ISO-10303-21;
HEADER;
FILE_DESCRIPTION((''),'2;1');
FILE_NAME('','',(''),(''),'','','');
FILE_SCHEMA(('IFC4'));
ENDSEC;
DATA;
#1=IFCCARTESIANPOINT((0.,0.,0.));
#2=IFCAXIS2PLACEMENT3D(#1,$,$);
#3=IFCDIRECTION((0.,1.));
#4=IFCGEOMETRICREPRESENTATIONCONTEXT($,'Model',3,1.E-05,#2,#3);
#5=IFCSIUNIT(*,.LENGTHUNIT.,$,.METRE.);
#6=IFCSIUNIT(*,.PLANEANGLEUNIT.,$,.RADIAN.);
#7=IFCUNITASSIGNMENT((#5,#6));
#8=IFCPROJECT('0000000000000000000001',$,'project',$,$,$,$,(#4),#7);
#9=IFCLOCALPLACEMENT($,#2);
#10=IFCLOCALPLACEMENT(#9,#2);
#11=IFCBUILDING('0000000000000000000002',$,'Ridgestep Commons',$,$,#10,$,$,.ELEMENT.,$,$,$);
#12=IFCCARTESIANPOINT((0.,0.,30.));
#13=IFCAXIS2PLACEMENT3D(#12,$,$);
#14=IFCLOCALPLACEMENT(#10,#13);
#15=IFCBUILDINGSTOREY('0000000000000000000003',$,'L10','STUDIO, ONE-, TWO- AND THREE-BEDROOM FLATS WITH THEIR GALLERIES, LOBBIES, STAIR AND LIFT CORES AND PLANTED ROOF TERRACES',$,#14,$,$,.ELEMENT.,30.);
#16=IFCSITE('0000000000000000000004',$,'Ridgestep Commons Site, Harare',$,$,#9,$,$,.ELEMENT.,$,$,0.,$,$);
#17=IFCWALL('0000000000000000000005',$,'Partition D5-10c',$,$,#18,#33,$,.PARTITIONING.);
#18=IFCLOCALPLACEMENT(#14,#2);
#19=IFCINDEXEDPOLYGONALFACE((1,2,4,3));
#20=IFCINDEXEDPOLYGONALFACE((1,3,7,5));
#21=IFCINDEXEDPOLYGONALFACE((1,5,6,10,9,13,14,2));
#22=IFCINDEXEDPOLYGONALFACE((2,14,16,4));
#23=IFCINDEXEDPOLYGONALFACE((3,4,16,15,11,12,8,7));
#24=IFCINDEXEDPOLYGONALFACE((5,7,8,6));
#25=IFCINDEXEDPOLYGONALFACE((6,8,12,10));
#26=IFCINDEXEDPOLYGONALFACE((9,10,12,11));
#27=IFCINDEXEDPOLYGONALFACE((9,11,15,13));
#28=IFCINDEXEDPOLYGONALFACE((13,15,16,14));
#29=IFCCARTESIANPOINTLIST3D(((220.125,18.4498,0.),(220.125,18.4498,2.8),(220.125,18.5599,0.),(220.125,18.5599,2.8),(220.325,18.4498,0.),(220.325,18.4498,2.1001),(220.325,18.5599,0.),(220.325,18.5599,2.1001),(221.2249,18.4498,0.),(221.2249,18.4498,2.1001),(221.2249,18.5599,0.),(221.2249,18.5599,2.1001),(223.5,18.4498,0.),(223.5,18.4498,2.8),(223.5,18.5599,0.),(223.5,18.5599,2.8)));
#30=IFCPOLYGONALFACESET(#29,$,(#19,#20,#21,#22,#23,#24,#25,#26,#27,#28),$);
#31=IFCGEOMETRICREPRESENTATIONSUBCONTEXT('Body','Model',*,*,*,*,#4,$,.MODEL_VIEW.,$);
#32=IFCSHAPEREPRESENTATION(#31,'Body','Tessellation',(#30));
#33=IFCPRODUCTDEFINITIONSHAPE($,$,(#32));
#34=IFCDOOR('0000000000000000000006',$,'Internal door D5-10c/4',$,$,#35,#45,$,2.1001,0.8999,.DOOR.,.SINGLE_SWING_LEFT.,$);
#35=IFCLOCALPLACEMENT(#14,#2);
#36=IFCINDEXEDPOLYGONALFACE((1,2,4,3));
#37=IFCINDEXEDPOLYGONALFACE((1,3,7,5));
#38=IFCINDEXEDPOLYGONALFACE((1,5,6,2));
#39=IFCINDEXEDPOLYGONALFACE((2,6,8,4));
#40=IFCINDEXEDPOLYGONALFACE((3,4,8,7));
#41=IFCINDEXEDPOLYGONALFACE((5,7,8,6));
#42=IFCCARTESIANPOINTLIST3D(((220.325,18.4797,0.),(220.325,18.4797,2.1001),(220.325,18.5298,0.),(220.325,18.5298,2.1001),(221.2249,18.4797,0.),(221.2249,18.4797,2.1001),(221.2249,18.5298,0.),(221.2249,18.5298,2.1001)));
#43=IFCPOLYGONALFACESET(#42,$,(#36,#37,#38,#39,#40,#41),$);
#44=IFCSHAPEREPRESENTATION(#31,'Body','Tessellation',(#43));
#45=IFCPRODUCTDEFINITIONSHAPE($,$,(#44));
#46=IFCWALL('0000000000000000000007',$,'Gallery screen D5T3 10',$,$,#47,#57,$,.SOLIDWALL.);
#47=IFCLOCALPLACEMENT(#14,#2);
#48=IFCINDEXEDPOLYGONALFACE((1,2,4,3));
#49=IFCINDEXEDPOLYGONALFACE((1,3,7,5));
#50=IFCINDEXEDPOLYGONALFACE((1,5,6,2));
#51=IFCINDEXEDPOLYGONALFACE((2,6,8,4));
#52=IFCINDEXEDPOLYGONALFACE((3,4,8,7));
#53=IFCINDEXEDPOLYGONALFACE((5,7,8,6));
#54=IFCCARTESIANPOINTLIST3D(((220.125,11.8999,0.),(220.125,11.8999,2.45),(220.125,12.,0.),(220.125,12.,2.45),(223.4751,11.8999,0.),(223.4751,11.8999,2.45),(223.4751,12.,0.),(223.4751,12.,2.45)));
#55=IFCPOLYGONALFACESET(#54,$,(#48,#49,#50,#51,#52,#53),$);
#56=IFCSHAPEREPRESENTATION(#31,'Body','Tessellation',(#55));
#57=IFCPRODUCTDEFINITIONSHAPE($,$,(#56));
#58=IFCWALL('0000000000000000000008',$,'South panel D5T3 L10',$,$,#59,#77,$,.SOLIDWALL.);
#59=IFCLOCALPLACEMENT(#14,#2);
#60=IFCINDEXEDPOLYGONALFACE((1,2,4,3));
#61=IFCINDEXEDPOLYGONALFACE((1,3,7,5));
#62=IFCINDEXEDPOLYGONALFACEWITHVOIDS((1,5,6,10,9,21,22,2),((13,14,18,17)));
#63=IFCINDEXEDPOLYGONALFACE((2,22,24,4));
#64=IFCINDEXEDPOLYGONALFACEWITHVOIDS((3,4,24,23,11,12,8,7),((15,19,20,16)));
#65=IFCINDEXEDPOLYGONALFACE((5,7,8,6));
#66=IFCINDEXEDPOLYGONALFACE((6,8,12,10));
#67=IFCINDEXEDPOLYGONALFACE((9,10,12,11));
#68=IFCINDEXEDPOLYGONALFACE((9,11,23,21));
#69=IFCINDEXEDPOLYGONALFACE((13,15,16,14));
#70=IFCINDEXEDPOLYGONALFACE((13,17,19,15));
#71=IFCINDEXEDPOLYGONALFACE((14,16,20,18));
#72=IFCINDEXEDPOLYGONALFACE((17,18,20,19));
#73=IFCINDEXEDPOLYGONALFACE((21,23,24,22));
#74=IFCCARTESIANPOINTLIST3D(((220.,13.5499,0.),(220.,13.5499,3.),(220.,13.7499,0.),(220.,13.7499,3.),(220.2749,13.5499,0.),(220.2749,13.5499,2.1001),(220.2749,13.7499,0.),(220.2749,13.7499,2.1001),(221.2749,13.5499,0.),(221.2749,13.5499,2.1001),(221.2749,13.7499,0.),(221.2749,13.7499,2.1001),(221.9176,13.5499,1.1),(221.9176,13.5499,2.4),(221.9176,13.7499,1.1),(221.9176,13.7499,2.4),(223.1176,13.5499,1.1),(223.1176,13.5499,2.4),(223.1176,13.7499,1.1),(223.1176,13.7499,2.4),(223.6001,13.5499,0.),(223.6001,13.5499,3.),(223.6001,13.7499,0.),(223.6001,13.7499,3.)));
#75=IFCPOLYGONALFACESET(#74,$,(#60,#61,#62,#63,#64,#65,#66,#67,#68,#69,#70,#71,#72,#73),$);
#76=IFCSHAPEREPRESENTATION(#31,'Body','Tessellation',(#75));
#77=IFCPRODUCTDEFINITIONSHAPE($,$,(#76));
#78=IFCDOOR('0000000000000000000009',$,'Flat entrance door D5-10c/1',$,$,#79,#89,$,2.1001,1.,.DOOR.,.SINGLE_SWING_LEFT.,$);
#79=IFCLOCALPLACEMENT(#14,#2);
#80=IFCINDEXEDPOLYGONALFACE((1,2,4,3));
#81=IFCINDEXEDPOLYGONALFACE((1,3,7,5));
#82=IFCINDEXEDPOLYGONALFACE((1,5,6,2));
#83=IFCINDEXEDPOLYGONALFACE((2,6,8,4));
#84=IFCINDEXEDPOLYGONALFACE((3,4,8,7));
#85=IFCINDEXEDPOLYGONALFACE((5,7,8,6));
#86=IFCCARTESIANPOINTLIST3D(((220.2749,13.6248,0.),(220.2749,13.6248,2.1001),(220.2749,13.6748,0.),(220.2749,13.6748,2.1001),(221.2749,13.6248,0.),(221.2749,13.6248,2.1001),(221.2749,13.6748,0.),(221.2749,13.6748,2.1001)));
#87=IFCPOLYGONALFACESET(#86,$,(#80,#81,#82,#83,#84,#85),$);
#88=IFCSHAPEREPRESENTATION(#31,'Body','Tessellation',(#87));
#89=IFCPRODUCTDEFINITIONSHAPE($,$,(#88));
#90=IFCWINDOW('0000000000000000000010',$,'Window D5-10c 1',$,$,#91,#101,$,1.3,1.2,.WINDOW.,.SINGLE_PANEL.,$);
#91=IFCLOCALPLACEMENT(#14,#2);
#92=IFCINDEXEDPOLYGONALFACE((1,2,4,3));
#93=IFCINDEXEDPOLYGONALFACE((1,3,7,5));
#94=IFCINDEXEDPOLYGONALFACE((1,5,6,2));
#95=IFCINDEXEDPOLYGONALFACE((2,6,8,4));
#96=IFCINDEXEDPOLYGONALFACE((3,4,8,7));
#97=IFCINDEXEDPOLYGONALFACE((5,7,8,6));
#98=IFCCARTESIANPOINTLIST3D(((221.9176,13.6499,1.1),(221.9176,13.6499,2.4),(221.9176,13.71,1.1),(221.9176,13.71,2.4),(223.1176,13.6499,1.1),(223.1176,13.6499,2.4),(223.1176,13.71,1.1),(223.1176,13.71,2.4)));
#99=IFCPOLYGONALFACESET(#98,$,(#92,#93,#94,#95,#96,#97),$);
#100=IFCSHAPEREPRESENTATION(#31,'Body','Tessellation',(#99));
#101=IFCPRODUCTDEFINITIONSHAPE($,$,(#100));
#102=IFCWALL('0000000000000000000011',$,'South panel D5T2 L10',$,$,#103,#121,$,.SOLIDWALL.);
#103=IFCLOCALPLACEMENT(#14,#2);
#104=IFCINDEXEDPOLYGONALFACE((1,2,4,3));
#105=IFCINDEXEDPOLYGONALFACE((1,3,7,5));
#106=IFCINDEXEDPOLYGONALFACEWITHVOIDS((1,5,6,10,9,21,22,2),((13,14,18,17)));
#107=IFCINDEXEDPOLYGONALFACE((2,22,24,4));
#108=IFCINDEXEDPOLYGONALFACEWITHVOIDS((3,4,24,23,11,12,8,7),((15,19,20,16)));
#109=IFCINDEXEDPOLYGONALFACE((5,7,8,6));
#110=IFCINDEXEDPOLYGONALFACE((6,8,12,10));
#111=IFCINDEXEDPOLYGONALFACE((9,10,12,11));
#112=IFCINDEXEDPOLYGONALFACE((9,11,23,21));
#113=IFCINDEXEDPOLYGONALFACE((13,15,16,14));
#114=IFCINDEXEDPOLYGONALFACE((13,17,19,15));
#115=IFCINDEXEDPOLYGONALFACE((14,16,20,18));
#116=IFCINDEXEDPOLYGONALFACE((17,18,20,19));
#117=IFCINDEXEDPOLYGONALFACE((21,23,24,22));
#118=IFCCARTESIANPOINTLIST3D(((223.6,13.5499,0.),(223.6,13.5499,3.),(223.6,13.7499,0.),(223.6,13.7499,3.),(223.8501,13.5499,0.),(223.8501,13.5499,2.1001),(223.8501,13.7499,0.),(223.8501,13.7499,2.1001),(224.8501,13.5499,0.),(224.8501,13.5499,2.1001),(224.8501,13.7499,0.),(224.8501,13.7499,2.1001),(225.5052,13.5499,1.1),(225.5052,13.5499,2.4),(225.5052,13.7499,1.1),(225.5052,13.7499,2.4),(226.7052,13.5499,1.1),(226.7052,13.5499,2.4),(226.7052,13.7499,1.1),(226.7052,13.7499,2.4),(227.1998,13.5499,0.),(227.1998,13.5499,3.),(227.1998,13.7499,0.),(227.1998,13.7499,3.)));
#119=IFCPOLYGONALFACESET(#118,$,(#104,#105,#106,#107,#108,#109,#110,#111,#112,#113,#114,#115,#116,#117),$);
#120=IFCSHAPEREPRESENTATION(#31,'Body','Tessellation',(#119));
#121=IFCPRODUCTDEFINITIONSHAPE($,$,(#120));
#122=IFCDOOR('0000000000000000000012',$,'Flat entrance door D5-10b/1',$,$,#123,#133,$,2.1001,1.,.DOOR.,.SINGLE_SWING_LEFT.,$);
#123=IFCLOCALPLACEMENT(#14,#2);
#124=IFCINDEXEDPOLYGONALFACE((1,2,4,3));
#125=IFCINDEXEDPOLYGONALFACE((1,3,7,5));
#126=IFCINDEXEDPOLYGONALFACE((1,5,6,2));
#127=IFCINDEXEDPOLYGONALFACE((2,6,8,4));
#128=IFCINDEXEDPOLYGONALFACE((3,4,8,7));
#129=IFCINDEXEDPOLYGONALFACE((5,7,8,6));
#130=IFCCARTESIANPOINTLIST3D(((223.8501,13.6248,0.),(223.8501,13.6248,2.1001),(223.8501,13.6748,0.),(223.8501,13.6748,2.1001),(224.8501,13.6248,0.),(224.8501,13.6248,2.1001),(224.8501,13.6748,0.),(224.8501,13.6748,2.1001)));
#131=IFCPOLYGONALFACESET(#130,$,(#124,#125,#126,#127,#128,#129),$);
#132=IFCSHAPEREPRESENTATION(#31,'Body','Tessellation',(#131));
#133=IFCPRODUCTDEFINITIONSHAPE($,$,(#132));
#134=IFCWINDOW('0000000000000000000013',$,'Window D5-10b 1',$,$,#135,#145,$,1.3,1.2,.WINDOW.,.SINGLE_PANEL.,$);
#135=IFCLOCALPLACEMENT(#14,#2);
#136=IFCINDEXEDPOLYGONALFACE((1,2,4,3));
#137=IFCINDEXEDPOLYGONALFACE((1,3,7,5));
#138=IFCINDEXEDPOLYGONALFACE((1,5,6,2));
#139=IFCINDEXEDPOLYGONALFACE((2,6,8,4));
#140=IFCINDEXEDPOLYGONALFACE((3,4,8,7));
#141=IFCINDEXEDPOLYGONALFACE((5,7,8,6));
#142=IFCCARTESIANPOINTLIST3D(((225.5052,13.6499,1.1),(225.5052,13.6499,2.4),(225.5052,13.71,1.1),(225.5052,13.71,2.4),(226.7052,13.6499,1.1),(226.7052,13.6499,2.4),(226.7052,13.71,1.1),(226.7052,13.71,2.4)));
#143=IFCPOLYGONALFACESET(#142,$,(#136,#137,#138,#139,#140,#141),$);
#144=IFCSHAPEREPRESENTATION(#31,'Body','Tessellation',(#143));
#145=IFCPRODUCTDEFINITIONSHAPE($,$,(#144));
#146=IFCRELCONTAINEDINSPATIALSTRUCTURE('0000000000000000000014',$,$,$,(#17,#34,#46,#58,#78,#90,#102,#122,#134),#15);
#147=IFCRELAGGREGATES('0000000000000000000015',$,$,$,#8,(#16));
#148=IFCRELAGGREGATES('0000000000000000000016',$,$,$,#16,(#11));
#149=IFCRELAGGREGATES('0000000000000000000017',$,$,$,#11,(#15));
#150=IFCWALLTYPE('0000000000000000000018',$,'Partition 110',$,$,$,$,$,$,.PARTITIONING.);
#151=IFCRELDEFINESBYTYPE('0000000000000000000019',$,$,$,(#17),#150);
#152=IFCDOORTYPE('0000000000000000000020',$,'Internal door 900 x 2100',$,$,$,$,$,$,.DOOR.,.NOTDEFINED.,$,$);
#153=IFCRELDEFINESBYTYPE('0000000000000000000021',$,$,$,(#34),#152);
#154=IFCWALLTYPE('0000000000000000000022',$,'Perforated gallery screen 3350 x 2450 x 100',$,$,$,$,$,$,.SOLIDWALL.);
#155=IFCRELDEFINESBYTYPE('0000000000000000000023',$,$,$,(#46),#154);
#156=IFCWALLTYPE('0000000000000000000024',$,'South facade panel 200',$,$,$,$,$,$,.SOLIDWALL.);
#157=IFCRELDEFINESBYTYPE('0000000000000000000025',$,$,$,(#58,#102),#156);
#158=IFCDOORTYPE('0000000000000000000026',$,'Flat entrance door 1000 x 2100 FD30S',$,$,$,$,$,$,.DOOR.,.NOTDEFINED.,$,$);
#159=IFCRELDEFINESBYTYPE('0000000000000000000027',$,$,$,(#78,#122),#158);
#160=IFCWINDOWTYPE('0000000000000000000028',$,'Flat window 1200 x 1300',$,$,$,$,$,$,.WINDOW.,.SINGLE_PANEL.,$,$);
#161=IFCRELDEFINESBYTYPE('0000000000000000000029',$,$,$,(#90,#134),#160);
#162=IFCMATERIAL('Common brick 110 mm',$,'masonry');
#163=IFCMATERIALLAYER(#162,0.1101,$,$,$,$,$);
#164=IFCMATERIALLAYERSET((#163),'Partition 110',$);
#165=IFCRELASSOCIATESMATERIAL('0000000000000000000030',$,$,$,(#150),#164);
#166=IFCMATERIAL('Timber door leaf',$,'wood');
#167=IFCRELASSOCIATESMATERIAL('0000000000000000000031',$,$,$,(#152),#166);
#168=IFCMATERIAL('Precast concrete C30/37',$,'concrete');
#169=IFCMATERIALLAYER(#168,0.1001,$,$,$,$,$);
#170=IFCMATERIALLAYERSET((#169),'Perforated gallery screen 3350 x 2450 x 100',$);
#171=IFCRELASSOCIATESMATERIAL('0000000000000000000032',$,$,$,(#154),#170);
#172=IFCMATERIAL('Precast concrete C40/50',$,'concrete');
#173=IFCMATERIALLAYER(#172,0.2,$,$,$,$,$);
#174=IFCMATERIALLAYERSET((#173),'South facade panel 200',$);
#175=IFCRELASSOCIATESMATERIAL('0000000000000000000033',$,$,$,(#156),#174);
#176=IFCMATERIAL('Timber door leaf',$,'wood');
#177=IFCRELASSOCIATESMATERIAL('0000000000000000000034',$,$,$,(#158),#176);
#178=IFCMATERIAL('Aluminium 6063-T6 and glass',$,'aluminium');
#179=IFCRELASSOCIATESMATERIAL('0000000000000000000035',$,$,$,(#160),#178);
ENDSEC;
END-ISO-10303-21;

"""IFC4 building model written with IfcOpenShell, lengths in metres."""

from ifc_helpers import new_model, si_unit, direction, frame, frame_2d, origin, place, context, subcontext, project, spatial, rectangle, extrude, material, layer, layer_set, type_object, element, fill, save


model = new_model("IFC4")

# Units and contexts
model_context = context("Model", 3, precision=1e-05, world=origin(), true_north=direction((0.0, 1.0)))
body_context = subcontext(model_context, "Body", "Model", "MODEL_VIEW")
ifc_project = project(units=[si_unit("LENGTHUNIT", "METRE"), si_unit("PLANEANGLEUNIT", "RADIAN")], contexts=[model_context])

# Site, building, storey
site_placement = place(None, origin())
site = spatial("IfcSite", under=ifc_project, at=site_placement, Name="Ridgestep Commons Site, Harare", CompositionType="ELEMENT", RefElevation=0.0)
building_placement = place(site_placement, origin())
building = spatial("IfcBuilding", under=site, at=building_placement, Name="Ridgestep Commons", CompositionType="ELEMENT")
storey_placement = place(building_placement, frame((0.0, 0.0, 30.0)))
storey = spatial("IfcBuildingStorey", under=building, at=storey_placement, Name="L10", Description="STUDIO, ONE-, TWO- AND THREE-BEDROOM FLATS WITH THEIR GALLERIES, LOBBIES, STAIR AND LIFT CORES AND PLANTED ROOF TERRACES", CompositionType="ELEMENT", Elevation=30.0)

# Shared definitions
ifc_material_1 = material(Name="Common brick 110 mm", Category="masonry")
ifc_layer_1 = layer(ifc_material_1, 0.1101)
ifc_layer_set_1 = layer_set([ifc_layer_1], Name="Partition 110")
wall_type_1 = type_object("IfcWallType", Name="Partition 110", PredefinedType="PARTITIONING", material=ifc_layer_set_1)
ifc_material_2 = material(Name="Timber door leaf", Category="wood")
door_type_1 = type_object("IfcDoorType", Name="Internal door 900 x 2100", OperationType="NOTDEFINED", PredefinedType="DOOR", material=ifc_material_2)

# Wall, opening, door
wall_1_placement = place(storey_placement, frame((220.125, 18.5049, 0.0), z_axis=(0.0, 0.0, 1.0), x_axis=(1.0, 0.0, 0.0)))
wall_1 = element("IfcWall", 1, at=wall_1_placement, inside=storey, type_object=wall_type_1, Name="Partition D5-10c", PredefinedType="PARTITIONING", context=body_context, shape_type="SweptSolid", body=[
    extrude(rectangle(XDim=3.375, YDim=0.1101, at=frame_2d((1.6875, 0.0))), origin(), (0.0, 0.0, 1.0), 2.8),
])
opening_1_placement = place(wall_1_placement, frame((0.2, 0.0, 0.0)))
opening_1 = element("IfcOpeningElement", 2, at=opening_1_placement, cuts=wall_1, PredefinedType="OPENING", context=body_context, shape_type="SweptSolid", body=[
    extrude(rectangle(XDim=0.8999, YDim=2.1001, at=frame_2d((0.45, 1.05))), frame((0.0, 0.0649, 0.0), z_axis=(0.0, -1.0, 0.0), x_axis=(1.0, 0.0, 0.0)), (0.0, 0.0, 1.0), 0.1301),
])
door_1_placement = place(opening_1_placement, origin())
door_1 = element("IfcDoor", 3, at=door_1_placement, inside=storey, type_object=door_type_1, Name="Internal door D5-10c/4", OperationType="SINGLE_SWING_LEFT", OverallHeight=2.1001, OverallWidth=0.8999, PredefinedType="DOOR", context=body_context, shape_type="SweptSolid", body=[
    extrude(rectangle(XDim=0.8999, YDim=2.1001, at=frame_2d((0.45, 1.05))), frame((0.0, 0.0249, 0.0), z_axis=(0.0, -1.0, 0.0), x_axis=(1.0, 0.0, 0.0)), (0.0, 0.0, 1.0), 0.05),
])
fill(opening_1, door_1)

# Wall
ifc_material_3 = material(Name="Precast concrete C30/37", Category="concrete")
ifc_layer_2 = layer(ifc_material_3, 0.1001)
ifc_layer_set_2 = layer_set([ifc_layer_2], Name="Perforated gallery screen 3350 x 2450 x 100")
wall_type_2 = type_object("IfcWallType", Name="Perforated gallery screen 3350 x 2450 x 100", PredefinedType="SOLIDWALL", material=ifc_layer_set_2)
wall_2_placement = place(storey_placement, frame((220.125, 11.95, 0.0), z_axis=(0.0, 0.0, 1.0), x_axis=(1.0, 0.0, 0.0)))
element("IfcWall", 4, at=wall_2_placement, inside=storey, type_object=wall_type_2, Name="Gallery screen D5T3 10", PredefinedType="SOLIDWALL", context=body_context, shape_type="SweptSolid", body=[
    extrude(rectangle(XDim=3.3501, YDim=0.1001, at=frame_2d((1.675, 0.0))), origin(), (0.0, 0.0, 1.0), 2.45),
])

# Walls, openings, doors, windows
ifc_material_4 = material(Name="Precast concrete C40/50", Category="concrete")
ifc_layer_3 = layer(ifc_material_4, 0.2)
ifc_layer_set_3 = layer_set([ifc_layer_3], Name="South facade panel 200")
wall_type_3 = type_object("IfcWallType", Name="South facade panel 200", PredefinedType="SOLIDWALL", material=ifc_layer_set_3)
wall_3_placement = place(storey_placement, frame((220.0, 13.6499, 0.0), z_axis=(0.0, 0.0, 1.0), x_axis=(1.0, 0.0, 0.0)))
wall_3 = element("IfcWall", 5, at=wall_3_placement, inside=storey, type_object=wall_type_3, Name="South panel D5T3 L10", PredefinedType="SOLIDWALL", context=body_context, shape_type="SweptSolid", body=[
    extrude(rectangle(XDim=3.6001, YDim=0.2, at=frame_2d((1.8, 0.0))), origin(), (0.0, 0.0, 1.0), 3.0),
])
opening_2_placement = place(wall_3_placement, frame((1.9175, 0.0, 1.1001)))
opening_2 = element("IfcOpeningElement", 6, at=opening_2_placement, cuts=wall_3, PredefinedType="OPENING", context=body_context, shape_type="SweptSolid", body=[
    extrude(rectangle(XDim=1.2, YDim=1.3, at=frame_2d((0.6001, 0.6499))), frame((0.0, 0.1099, 0.0), z_axis=(0.0, -1.0, 0.0), x_axis=(1.0, 0.0, 0.0)), (0.0, 0.0, 1.0), 0.22),
])
opening_3_placement = place(wall_3_placement, frame((0.2749, 0.0, 0.0)))
opening_3 = element("IfcOpeningElement", 7, at=opening_3_placement, cuts=wall_3, PredefinedType="OPENING", context=body_context, shape_type="SweptSolid", body=[
    extrude(rectangle(XDim=1.0, YDim=2.1001, at=frame_2d((0.5, 1.05))), frame((0.0, 0.1099, 0.0), z_axis=(0.0, -1.0, 0.0), x_axis=(1.0, 0.0, 0.0)), (0.0, 0.0, 1.0), 0.22),
])
ifc_material_5 = material(Name="Timber door leaf", Category="wood")
door_type_2 = type_object("IfcDoorType", Name="Flat entrance door 1000 x 2100 FD30S", OperationType="NOTDEFINED", PredefinedType="DOOR", material=ifc_material_5)
door_2_placement = place(opening_3_placement, origin())
door_2 = element("IfcDoor", 8, at=door_2_placement, inside=storey, type_object=door_type_2, Name="Flat entrance door D5-10c/1", OperationType="SINGLE_SWING_LEFT", OverallHeight=2.1001, OverallWidth=1.0, PredefinedType="DOOR", context=body_context, shape_type="SweptSolid", body=[
    extrude(rectangle(XDim=1.0, YDim=2.1001, at=frame_2d((0.5, 1.05))), frame((0.0, 0.0249, 0.0), z_axis=(0.0, -1.0, 0.0), x_axis=(1.0, 0.0, 0.0)), (0.0, 0.0, 1.0), 0.05),
])
fill(opening_3, door_2)
ifc_material_6 = material(Name="Aluminium 6063-T6 and glass", Category="aluminium")
window_type = type_object("IfcWindowType", Name="Flat window 1200 x 1300", PartitioningType="SINGLE_PANEL", PredefinedType="WINDOW", material=ifc_material_6)
window_1_placement = place(opening_2_placement, origin())
window_1 = element("IfcWindow", 9, at=window_1_placement, inside=storey, type_object=window_type, Name="Window D5-10c 1", OverallHeight=1.3, OverallWidth=1.2, PartitioningType="SINGLE_PANEL", PredefinedType="WINDOW", context=body_context, shape_type="SweptSolid", body=[
    extrude(rectangle(XDim=1.2, YDim=1.3, at=frame_2d((0.6001, 0.6499))), frame((0.0, 0.0601, 0.0), z_axis=(0.0, -1.0, 0.0), x_axis=(1.0, 0.0, 0.0)), (0.0, 0.0, 1.0), 0.0601),
])
fill(opening_2, window_1)
wall_4_placement = place(storey_placement, frame((223.6001, 13.6499, 0.0), z_axis=(0.0, 0.0, 1.0), x_axis=(1.0, 0.0, 0.0)))
wall_4 = element("IfcWall", 10, at=wall_4_placement, inside=storey, type_object=wall_type_3, Name="South panel D5T2 L10", PredefinedType="SOLIDWALL", context=body_context, shape_type="SweptSolid", body=[
    extrude(rectangle(XDim=3.5999, YDim=0.2, at=frame_2d((1.7998, 0.0))), origin(), (0.0, 0.0, 1.0), 3.0),
])
opening_4_placement = place(wall_4_placement, frame((1.905, 0.0, 1.1001)))
opening_4 = element("IfcOpeningElement", 11, at=opening_4_placement, cuts=wall_4, PredefinedType="OPENING", context=body_context, shape_type="SweptSolid", body=[
    extrude(rectangle(XDim=1.2, YDim=1.3, at=frame_2d((0.6001, 0.6499))), frame((0.0, 0.1099, 0.0), z_axis=(0.0, -1.0, 0.0), x_axis=(1.0, 0.0, 0.0)), (0.0, 0.0, 1.0), 0.22),
])
opening_5_placement = place(wall_4_placement, frame((0.25, 0.0, 0.0)))
opening_5 = element("IfcOpeningElement", 12, at=opening_5_placement, cuts=wall_4, PredefinedType="OPENING", context=body_context, shape_type="SweptSolid", body=[
    extrude(rectangle(XDim=1.0, YDim=2.1001, at=frame_2d((0.5, 1.05))), frame((0.0, 0.1099, 0.0), z_axis=(0.0, -1.0, 0.0), x_axis=(1.0, 0.0, 0.0)), (0.0, 0.0, 1.0), 0.22),
])
door_3_placement = place(opening_5_placement, origin())
door_3 = element("IfcDoor", 13, at=door_3_placement, inside=storey, type_object=door_type_2, Name="Flat entrance door D5-10b/1", OperationType="SINGLE_SWING_LEFT", OverallHeight=2.1001, OverallWidth=1.0, PredefinedType="DOOR", context=body_context, shape_type="SweptSolid", body=[
    extrude(rectangle(XDim=1.0, YDim=2.1001, at=frame_2d((0.5, 1.05))), frame((0.0, 0.0249, 0.0), z_axis=(0.0, -1.0, 0.0), x_axis=(1.0, 0.0, 0.0)), (0.0, 0.0, 1.0), 0.05),
])
fill(opening_5, door_3)
window_2_placement = place(opening_4_placement, origin())
window_2 = element("IfcWindow", 14, at=window_2_placement, inside=storey, type_object=window_type, Name="Window D5-10b 1", OverallHeight=1.3, OverallWidth=1.2, PartitioningType="SINGLE_PANEL", PredefinedType="WINDOW", context=body_context, shape_type="SweptSolid", body=[
    extrude(rectangle(XDim=1.2, YDim=1.3, at=frame_2d((0.6001, 0.6499))), frame((0.0, 0.0601, 0.0), z_axis=(0.0, -1.0, 0.0), x_axis=(1.0, 0.0, 0.0)), (0.0, 0.0, 1.0), 0.0601),
])
fill(opening_4, window_2)

save(model, "model.ifc")
